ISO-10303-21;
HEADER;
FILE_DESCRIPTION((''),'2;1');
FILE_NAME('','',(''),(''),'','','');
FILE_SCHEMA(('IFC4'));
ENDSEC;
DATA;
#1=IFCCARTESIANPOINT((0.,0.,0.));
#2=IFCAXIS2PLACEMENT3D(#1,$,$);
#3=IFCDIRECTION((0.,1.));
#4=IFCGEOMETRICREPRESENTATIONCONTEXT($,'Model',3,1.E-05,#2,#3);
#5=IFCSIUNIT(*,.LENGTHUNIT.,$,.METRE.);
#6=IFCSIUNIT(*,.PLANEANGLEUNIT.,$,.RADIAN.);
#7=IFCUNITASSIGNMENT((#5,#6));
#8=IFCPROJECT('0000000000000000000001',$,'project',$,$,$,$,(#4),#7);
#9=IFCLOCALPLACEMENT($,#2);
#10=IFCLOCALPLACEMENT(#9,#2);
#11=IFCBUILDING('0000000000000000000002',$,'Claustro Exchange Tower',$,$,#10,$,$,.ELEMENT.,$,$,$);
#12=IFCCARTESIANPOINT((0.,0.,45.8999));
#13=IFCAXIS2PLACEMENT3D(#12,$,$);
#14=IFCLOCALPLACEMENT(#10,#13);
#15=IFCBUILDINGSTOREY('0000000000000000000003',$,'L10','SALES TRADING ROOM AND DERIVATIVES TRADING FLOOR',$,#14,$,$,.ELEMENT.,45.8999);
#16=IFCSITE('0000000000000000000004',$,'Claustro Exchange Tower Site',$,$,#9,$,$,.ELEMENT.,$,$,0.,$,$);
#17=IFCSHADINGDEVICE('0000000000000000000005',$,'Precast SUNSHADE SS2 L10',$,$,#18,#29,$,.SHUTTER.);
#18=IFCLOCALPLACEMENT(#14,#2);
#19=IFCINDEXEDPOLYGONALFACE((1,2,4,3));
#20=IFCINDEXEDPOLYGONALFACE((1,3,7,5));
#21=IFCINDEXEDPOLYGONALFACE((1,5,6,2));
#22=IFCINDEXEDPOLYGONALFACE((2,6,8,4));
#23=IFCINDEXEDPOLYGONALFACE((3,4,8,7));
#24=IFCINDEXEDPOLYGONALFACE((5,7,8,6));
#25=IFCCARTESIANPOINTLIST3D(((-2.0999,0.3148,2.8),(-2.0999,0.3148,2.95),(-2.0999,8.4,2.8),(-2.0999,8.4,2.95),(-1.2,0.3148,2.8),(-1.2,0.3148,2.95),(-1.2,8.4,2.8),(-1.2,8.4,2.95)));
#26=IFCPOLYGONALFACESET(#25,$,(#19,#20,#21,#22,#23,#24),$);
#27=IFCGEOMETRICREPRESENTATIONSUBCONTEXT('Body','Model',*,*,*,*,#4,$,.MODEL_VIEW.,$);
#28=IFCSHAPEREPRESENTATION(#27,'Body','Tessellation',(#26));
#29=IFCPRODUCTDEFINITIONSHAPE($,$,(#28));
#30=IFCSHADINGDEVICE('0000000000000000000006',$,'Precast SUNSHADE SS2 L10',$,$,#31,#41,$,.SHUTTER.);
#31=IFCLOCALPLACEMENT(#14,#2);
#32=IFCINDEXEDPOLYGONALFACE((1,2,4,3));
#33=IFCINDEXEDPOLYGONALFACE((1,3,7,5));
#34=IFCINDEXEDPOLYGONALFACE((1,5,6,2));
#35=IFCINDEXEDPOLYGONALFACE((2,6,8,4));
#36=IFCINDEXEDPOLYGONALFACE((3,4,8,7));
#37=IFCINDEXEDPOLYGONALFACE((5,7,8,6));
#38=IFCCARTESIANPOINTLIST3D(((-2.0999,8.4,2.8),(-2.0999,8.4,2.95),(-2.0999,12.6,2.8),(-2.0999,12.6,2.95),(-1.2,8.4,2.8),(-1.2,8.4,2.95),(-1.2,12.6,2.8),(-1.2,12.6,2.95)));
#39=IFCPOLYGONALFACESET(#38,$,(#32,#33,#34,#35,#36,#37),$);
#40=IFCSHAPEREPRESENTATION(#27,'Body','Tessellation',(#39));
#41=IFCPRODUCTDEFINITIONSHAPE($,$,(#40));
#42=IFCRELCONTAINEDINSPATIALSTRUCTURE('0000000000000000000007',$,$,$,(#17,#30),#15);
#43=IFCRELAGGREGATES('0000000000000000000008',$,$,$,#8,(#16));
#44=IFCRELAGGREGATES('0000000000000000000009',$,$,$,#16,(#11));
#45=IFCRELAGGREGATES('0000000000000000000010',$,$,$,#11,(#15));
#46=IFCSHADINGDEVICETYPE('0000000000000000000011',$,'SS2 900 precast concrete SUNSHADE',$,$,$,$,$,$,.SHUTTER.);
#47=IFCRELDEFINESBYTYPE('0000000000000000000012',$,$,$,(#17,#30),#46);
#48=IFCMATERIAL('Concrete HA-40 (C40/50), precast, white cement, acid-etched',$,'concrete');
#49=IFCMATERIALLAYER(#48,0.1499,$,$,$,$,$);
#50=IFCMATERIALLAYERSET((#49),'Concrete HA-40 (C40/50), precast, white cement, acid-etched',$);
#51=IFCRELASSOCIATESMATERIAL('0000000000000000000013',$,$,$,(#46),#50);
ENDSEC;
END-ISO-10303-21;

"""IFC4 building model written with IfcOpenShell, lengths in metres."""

from ifc_helpers import new_model, si_unit, direction, frame, origin, origin_2d, place, context, subcontext, project, spatial, rectangle, extrude, material, layer, layer_set, type_object, element, save


model = new_model("IFC4")

# Units and contexts
model_context = context("Model", 3, precision=1e-05, world=origin(), true_north=direction((0.0, 1.0)))
body_context = subcontext(model_context, "Body", "Model", "MODEL_VIEW")
ifc_project = project(units=[si_unit("LENGTHUNIT", "METRE"), si_unit("PLANEANGLEUNIT", "RADIAN")], contexts=[model_context])

# Site, building, storey
site_placement = place(None, origin())
site = spatial("IfcSite", under=ifc_project, at=site_placement, Name="Claustro Exchange Tower Site", CompositionType="ELEMENT", RefElevation=0.0)
building_placement = place(site_placement, origin())
building = spatial("IfcBuilding", under=site, at=building_placement, Name="Claustro Exchange Tower", CompositionType="ELEMENT")
storey_placement = place(building_placement, frame((0.0, 0.0, 45.8999)))
storey = spatial("IfcBuildingStorey", under=building, at=storey_placement, Name="L10", Description="SALES TRADING ROOM AND DERIVATIVES TRADING FLOOR", CompositionType="ELEMENT", Elevation=45.8999)

# Shading devices
ifc_material_1 = material(Name="Concrete HA-40 (C40/50), precast, white cement, acid-etched", Category="concrete")
ifc_layer_1 = layer(ifc_material_1, 0.1499)
ifc_layer_set_1 = layer_set([ifc_layer_1], Name="Concrete HA-40 (C40/50), precast, white cement, acid-etched")
shading_device_type = type_object("IfcShadingDeviceType", Name="SS2 900 precast concrete SUNSHADE", PredefinedType="SHUTTER", material=ifc_layer_set_1)
shading_device_1_placement = place(storey_placement, frame((-1.6499, 4.3574, 2.8), z_axis=(0.0, 0.0, 1.0), x_axis=(0.0, 1.0, 0.0)))
element("IfcShadingDevice", 1, at=shading_device_1_placement, inside=storey, type_object=shading_device_type, Name="Precast SUNSHADE SS2 L10", PredefinedType="SHUTTER", context=body_context, shape_type="SweptSolid", body=[
    extrude(rectangle(XDim=8.0852, YDim=0.8999, at=origin_2d()), origin(), (0.0, 0.0, 1.0), 0.1499),
])
shading_device_2_placement = place(storey_placement, frame((-1.6499, 10.5, 2.8), z_axis=(0.0, 0.0, 1.0), x_axis=(0.0, 1.0, 0.0)))
element("IfcShadingDevice", 2, at=shading_device_2_placement, inside=storey, type_object=shading_device_type, Name="Precast SUNSHADE SS2 L10", PredefinedType="SHUTTER", context=body_context, shape_type="SweptSolid", body=[
    extrude(rectangle(XDim=4.2, YDim=0.8999, at=origin_2d()), origin(), (0.0, 0.0, 1.0), 0.1499),
])

save(model, "model.ifc")
